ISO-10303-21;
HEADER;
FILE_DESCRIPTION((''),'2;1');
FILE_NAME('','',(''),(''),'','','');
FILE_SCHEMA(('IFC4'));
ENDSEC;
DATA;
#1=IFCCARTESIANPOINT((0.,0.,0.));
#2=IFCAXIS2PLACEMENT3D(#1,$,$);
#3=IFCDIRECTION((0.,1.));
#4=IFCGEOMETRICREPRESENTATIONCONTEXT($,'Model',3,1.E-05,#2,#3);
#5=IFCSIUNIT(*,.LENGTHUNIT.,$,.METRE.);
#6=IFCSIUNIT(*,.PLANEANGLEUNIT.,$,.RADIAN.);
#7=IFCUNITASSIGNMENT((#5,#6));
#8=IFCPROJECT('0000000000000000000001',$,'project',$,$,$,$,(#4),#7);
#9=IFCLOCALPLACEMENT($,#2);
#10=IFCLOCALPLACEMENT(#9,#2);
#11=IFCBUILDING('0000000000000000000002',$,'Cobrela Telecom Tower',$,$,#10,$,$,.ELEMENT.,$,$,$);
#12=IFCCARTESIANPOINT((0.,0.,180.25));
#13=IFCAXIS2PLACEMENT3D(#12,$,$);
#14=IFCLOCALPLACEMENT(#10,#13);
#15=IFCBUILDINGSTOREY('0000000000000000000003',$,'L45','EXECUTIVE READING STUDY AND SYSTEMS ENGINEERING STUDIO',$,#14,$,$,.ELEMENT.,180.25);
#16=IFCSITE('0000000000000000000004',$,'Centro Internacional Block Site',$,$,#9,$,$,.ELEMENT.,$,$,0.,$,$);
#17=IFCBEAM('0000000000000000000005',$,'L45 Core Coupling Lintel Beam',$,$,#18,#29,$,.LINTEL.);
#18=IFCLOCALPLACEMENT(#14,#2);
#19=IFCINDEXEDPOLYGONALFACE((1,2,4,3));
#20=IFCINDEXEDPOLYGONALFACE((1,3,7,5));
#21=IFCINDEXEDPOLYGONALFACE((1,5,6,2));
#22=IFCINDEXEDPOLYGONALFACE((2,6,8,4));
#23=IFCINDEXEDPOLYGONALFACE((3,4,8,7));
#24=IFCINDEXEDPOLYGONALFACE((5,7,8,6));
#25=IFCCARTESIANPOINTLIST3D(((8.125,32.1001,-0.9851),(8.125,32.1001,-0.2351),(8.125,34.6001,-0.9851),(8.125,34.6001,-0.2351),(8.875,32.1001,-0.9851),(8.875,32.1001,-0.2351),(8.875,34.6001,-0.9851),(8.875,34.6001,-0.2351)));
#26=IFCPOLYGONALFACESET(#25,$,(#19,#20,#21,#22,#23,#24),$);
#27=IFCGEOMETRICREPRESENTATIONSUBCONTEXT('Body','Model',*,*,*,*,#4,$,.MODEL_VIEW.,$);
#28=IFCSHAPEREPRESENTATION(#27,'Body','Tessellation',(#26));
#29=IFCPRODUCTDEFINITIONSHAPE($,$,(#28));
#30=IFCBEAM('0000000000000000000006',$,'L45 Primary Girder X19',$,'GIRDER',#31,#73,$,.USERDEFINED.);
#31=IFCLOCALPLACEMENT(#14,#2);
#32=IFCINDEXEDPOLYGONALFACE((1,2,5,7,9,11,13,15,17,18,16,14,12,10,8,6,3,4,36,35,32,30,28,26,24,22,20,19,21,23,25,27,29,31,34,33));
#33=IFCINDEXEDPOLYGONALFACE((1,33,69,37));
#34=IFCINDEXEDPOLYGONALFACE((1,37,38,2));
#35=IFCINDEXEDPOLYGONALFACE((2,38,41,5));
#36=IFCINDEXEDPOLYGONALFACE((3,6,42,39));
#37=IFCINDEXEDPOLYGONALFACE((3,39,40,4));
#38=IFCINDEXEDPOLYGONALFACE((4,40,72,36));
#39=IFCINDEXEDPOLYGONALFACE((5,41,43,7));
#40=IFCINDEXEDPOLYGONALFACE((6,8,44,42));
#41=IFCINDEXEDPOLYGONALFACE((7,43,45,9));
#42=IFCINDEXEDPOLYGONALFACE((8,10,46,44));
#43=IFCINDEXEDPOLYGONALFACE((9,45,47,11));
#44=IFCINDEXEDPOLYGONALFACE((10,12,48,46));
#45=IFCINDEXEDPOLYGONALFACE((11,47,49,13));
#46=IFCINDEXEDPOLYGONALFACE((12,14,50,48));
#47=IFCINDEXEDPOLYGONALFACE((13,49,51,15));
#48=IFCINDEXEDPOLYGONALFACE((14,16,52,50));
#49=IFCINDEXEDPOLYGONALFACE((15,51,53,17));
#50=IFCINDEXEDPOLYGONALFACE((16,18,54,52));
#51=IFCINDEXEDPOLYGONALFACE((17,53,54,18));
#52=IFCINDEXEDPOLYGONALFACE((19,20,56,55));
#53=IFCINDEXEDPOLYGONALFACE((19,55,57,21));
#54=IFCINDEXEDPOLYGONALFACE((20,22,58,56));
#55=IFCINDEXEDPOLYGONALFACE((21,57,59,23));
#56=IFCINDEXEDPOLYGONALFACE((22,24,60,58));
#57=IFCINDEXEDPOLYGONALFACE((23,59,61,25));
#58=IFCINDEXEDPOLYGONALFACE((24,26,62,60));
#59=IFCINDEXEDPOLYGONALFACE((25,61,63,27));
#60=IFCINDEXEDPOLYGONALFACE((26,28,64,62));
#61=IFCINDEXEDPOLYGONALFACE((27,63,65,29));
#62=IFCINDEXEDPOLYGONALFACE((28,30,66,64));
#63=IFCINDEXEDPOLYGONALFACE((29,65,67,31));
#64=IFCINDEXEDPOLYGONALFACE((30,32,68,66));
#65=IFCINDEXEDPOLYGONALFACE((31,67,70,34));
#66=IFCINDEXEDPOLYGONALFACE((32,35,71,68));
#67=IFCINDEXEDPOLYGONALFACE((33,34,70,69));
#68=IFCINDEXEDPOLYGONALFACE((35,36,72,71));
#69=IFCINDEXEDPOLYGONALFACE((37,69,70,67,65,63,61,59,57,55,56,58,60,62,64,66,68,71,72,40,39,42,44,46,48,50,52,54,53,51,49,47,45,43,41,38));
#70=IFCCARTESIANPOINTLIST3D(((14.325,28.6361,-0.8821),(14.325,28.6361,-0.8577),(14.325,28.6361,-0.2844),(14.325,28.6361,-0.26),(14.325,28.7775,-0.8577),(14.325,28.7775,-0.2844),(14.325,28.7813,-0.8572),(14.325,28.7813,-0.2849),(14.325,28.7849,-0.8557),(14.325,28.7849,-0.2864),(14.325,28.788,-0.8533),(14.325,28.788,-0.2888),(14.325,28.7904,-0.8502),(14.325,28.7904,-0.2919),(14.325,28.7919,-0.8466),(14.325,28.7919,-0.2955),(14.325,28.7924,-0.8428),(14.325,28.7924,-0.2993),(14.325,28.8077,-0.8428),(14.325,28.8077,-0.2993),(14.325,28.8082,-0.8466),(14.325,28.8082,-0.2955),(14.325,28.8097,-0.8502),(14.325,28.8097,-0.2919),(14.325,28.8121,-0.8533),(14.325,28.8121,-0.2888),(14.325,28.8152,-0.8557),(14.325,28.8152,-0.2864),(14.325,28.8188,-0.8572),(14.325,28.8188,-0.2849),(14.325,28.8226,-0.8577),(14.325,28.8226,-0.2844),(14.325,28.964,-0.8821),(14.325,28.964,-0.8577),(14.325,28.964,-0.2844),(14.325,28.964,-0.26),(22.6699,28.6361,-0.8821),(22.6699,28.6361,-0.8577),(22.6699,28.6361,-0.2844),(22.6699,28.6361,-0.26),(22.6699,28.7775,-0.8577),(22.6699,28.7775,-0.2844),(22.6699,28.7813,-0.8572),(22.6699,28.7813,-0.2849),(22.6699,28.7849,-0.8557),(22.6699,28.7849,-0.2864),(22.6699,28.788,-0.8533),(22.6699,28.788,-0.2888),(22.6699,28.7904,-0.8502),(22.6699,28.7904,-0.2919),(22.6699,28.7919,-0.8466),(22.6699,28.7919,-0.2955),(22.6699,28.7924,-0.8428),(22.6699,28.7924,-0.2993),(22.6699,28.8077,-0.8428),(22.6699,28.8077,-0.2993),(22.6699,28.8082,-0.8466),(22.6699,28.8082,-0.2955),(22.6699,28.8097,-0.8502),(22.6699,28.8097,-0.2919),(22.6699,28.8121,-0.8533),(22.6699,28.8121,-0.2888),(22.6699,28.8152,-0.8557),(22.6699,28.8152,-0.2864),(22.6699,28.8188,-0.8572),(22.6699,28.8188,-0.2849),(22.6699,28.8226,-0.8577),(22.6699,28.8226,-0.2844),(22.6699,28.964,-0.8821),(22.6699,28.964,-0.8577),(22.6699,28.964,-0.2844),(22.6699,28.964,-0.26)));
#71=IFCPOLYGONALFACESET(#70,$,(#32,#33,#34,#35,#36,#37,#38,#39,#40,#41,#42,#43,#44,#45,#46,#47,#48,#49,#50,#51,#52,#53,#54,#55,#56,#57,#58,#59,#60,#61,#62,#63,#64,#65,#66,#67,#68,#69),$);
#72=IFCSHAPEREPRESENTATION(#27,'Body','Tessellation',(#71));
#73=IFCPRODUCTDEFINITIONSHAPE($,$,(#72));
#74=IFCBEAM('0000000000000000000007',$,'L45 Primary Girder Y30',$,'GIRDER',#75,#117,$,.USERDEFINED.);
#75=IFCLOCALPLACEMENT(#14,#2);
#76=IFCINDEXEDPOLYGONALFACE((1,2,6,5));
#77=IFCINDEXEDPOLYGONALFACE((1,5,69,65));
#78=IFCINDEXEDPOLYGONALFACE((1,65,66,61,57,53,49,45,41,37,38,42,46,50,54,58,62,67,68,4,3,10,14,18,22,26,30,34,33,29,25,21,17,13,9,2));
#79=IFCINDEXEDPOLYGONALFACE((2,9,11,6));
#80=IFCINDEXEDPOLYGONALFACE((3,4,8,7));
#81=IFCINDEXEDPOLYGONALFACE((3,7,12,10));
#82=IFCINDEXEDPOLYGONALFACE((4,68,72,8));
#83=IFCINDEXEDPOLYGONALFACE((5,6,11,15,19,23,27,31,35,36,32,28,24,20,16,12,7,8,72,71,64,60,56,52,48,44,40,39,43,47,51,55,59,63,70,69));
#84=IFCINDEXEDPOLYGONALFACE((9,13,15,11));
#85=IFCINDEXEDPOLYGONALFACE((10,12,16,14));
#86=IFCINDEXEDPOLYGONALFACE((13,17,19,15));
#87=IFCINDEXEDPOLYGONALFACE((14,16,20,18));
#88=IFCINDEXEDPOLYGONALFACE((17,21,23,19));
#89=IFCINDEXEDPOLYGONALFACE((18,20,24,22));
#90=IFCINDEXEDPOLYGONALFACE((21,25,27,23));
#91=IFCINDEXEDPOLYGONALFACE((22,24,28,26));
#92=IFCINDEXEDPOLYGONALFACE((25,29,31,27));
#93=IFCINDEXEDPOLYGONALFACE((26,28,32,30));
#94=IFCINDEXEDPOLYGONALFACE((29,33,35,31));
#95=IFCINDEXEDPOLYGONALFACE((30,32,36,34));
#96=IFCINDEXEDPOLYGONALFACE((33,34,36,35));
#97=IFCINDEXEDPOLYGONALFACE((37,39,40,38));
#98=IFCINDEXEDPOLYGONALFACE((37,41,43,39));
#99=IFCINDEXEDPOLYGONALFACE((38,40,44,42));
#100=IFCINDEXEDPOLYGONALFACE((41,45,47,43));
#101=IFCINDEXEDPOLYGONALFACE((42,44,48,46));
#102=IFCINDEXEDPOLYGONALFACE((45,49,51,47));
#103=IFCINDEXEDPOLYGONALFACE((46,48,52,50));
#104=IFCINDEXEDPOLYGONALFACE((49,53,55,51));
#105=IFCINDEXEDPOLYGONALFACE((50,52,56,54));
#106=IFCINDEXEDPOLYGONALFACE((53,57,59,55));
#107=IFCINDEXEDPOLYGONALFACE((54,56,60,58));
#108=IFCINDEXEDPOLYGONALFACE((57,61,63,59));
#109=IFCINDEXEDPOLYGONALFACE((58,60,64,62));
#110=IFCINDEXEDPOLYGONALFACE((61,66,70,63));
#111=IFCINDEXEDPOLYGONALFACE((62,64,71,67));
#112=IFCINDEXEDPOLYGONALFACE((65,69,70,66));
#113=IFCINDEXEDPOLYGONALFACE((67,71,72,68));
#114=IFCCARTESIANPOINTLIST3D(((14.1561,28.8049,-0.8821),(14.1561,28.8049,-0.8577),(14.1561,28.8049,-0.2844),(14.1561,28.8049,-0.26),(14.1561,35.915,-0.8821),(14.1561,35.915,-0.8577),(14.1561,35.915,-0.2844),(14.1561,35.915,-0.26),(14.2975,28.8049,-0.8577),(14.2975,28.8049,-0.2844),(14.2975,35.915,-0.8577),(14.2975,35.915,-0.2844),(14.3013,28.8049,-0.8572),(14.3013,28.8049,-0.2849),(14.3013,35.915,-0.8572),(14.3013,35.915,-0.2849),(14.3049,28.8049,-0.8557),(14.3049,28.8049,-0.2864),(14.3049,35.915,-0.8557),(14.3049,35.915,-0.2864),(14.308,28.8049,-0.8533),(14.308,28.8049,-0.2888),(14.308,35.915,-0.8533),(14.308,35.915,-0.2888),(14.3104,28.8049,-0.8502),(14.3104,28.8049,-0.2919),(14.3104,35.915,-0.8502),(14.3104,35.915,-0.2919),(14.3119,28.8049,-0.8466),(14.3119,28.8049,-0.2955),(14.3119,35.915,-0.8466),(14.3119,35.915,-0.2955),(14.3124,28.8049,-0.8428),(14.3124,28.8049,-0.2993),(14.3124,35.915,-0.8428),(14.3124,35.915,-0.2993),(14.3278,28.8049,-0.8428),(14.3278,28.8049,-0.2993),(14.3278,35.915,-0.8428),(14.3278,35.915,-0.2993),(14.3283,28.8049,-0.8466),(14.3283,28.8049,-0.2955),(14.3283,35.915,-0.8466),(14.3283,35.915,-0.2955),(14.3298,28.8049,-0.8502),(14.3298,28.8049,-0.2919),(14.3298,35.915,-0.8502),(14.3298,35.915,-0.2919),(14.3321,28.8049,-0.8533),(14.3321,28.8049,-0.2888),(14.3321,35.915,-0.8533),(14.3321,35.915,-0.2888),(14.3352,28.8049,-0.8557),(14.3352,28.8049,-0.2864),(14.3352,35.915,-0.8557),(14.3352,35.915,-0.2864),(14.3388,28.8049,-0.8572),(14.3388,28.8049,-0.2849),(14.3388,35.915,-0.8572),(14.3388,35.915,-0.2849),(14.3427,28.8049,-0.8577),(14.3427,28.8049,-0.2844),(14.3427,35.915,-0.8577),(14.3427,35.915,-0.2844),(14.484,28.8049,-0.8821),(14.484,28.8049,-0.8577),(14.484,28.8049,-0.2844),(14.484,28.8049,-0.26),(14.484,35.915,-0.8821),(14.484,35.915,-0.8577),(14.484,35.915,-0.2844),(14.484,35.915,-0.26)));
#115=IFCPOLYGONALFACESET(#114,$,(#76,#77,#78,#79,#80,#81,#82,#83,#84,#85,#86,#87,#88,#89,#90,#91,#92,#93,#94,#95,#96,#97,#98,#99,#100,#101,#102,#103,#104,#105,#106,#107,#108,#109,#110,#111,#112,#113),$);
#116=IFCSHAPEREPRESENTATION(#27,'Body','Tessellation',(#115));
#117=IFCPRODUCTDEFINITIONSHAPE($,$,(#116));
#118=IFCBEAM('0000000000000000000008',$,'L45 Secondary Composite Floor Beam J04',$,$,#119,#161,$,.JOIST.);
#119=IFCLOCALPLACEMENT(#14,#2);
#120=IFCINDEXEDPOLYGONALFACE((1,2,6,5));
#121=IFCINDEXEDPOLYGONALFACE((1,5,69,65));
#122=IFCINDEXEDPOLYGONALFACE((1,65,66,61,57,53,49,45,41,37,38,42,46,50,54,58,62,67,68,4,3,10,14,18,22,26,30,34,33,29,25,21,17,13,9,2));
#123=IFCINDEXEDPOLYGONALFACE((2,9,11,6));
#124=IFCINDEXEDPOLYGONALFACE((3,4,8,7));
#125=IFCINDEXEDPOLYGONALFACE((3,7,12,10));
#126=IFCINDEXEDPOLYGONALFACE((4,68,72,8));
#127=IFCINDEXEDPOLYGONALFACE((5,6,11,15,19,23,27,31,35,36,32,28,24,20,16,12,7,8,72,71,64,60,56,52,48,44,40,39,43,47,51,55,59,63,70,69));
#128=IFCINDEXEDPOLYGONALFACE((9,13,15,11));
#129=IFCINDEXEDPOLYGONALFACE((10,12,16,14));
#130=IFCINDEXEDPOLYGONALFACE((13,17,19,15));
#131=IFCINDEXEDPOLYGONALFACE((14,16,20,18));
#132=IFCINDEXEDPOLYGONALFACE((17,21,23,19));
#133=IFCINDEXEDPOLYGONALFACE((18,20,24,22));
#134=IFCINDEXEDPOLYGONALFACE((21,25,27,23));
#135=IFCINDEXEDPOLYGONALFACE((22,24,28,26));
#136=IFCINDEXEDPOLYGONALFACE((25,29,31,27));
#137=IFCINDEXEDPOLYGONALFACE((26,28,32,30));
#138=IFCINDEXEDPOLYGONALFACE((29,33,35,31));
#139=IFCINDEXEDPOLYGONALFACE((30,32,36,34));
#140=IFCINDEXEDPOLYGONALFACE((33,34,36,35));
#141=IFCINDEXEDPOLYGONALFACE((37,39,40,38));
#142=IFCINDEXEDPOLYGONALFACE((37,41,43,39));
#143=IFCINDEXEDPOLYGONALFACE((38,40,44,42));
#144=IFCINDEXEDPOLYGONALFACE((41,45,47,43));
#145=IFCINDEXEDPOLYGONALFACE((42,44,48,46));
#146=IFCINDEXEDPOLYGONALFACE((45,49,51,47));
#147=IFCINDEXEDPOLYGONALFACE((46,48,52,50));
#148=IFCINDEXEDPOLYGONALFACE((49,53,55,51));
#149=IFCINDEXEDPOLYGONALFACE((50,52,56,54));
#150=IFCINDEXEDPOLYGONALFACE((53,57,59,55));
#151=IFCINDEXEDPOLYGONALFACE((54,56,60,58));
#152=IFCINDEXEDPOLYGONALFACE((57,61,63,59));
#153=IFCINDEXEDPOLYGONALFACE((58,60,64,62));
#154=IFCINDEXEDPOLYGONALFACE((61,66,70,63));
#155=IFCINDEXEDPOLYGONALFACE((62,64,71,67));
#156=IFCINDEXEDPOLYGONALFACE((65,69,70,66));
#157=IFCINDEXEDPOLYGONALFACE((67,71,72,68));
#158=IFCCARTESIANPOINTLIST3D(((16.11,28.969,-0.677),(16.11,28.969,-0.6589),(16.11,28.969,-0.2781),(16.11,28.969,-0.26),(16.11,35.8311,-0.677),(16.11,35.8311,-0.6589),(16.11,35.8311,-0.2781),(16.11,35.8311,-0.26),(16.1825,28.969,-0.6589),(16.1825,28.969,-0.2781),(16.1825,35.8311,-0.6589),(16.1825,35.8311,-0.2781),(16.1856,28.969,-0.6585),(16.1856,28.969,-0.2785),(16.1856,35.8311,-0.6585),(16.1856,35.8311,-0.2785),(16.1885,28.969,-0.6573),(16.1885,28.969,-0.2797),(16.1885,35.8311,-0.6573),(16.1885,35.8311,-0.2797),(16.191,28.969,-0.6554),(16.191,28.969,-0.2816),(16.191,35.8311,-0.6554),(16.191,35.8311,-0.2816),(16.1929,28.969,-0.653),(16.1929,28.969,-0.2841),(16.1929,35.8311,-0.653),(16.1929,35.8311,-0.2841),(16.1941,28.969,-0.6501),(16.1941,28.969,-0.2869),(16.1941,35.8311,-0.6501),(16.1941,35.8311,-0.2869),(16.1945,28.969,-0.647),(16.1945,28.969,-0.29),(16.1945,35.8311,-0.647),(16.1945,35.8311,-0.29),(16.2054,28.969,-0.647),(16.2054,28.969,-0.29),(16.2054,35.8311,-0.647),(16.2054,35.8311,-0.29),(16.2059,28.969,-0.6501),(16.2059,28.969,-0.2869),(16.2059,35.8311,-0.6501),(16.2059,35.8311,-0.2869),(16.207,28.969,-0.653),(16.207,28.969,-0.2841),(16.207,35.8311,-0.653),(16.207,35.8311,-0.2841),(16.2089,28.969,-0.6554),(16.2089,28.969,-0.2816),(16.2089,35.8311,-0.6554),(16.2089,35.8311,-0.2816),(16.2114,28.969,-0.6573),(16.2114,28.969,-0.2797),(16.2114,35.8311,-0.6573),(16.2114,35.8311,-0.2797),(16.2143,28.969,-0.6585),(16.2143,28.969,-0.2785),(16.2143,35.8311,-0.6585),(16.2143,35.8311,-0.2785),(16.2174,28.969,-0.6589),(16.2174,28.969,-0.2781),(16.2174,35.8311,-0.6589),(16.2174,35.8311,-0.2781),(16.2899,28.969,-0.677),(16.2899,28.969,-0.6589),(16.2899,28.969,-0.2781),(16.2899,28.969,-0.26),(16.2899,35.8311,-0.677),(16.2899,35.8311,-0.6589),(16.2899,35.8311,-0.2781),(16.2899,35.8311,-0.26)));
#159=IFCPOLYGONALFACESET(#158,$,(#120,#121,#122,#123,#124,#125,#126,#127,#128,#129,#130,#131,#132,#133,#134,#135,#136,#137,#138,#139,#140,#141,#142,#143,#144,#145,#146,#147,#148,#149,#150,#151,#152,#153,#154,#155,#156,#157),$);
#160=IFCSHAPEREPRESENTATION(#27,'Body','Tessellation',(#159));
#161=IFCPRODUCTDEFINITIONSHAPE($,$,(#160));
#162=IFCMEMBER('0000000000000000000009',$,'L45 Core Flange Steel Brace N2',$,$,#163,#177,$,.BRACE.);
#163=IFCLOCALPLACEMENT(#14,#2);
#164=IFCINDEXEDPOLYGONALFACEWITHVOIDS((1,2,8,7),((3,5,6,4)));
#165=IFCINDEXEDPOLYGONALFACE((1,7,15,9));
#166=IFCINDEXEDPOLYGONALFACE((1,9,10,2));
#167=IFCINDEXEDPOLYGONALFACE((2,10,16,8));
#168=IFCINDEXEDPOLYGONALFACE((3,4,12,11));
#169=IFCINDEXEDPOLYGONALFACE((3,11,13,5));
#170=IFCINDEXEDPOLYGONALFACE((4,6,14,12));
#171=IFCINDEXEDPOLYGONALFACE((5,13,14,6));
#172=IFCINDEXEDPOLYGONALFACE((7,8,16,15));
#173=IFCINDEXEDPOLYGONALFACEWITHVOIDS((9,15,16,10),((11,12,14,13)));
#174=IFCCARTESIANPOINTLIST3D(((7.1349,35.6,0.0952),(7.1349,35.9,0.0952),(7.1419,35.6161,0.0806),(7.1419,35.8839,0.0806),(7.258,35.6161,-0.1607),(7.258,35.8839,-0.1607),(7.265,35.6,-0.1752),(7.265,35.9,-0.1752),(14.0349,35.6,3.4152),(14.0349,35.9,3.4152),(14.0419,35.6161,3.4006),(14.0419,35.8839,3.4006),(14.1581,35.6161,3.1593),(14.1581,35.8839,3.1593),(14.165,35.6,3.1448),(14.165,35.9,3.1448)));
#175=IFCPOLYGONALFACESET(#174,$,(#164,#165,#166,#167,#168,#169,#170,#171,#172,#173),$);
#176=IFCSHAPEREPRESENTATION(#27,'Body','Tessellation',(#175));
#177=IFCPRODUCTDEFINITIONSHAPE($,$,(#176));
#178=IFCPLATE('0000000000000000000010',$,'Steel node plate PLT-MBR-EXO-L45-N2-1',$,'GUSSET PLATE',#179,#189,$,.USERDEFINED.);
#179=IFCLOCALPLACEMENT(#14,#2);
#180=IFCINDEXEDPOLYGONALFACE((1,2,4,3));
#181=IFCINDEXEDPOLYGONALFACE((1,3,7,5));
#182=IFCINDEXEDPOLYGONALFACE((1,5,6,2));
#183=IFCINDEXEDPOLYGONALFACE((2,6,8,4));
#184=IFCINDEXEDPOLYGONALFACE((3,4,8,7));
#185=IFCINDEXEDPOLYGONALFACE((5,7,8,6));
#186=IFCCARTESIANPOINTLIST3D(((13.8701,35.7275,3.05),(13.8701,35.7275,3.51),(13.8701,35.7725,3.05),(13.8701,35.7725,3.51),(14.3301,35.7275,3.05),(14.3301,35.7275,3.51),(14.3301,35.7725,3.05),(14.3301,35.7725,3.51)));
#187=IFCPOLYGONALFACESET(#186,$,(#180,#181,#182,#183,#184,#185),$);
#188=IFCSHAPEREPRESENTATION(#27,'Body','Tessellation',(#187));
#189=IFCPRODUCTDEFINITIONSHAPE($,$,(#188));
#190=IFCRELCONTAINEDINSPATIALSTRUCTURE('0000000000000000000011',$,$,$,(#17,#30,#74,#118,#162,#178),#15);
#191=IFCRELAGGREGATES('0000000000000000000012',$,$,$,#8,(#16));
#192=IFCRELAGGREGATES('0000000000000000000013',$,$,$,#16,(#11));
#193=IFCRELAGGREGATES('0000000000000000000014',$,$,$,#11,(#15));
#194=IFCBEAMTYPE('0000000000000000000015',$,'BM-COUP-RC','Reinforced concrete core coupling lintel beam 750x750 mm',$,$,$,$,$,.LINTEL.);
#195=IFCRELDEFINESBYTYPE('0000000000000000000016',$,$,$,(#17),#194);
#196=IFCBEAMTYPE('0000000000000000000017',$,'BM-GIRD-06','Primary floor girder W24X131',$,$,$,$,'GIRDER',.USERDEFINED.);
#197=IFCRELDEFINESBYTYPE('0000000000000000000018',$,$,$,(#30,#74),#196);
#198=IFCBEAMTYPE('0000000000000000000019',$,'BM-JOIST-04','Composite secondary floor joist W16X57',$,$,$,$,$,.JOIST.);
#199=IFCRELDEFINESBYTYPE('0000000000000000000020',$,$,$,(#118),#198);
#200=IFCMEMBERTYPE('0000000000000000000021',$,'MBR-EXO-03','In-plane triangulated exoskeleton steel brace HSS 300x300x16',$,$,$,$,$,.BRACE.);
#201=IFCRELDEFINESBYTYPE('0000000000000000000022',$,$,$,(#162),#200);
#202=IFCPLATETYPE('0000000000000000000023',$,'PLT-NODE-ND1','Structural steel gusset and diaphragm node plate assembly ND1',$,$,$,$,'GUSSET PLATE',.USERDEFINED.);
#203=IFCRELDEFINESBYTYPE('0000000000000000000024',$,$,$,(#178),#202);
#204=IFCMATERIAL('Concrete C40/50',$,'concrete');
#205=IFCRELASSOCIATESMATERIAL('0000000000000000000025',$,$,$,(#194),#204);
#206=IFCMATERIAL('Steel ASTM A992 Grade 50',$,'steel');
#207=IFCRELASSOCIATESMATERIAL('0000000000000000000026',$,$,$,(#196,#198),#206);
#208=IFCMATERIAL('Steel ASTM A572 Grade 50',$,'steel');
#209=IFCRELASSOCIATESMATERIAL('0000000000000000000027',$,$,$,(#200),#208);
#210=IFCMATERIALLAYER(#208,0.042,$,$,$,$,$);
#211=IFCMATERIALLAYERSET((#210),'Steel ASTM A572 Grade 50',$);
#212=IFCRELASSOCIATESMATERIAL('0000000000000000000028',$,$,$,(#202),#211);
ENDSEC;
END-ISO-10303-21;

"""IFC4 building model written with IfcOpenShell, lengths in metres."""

from ifc_helpers import new_model, si_unit, direction, frame, origin, origin_2d, place, context, subcontext, project, spatial, rectangle, hollow_rectangle, i_section, extrude, material, layer, layer_set, material_profile, profile_set, type_object, element, save


model = new_model("IFC4")

# Units and contexts
model_context = context("Model", 3, precision=1e-05, world=origin(), true_north=direction((0.0, 1.0)))
body_context = subcontext(model_context, "Body", "Model", "MODEL_VIEW")
ifc_project = project(units=[si_unit("LENGTHUNIT", "METRE"), si_unit("PLANEANGLEUNIT", "RADIAN")], contexts=[model_context])

# Site, building, storey
site_placement = place(None, origin())
site = spatial("IfcSite", under=ifc_project, at=site_placement, Name="Centro Internacional Block Site", CompositionType="ELEMENT", RefElevation=0.0)
building_placement = place(site_placement, origin())
building = spatial("IfcBuilding", under=site, at=building_placement, Name="Cobrela Telecom Tower", CompositionType="ELEMENT")
storey_placement = place(building_placement, frame((0.0, 0.0, 180.25)))
storey = spatial("IfcBuildingStorey", under=building, at=storey_placement, Name="L45", Description="EXECUTIVE READING STUDY AND SYSTEMS ENGINEERING STUDIO", CompositionType="ELEMENT", Elevation=180.25)

# Beams
ifc_material_1 = material(Name="Concrete C40/50", Category="concrete")
ifc_material_profile_1 = material_profile(ifc_material_1, rectangle(XDim=0.75, YDim=0.75, at=origin_2d()), Name="RC 750x750")
ifc_profile_set_1 = profile_set([ifc_material_profile_1], Name="Concrete C40/50")
beam_type_1 = type_object("IfcBeamType", Name="BM-COUP-RC", Description="Reinforced concrete core coupling lintel beam 750x750 mm", PredefinedType="LINTEL", material=ifc_profile_set_1)
beam_1_placement = place(storey_placement, frame((8.5, 32.1001, -0.6101), z_axis=(0.0, 1.0, 0.0), x_axis=(-1.0, 0.0, 0.0)))
element("IfcBeam", 1, at=beam_1_placement, inside=storey, type_object=beam_type_1, Name="L45 Core Coupling Lintel Beam", PredefinedType="LINTEL", context=body_context, shape_type="SweptSolid", body=[
    extrude(rectangle(XDim=0.75, YDim=0.75, at=origin_2d()), origin(), (0.0, 0.0, 1.0), 2.5),
])
ifc_material_2 = material(Name="Steel ASTM A992 Grade 50", Category="steel")
ifc_material_profile_2 = material_profile(ifc_material_2, i_section(OverallWidth=0.3279, OverallDepth=0.6221, WebThickness=0.0154, FlangeThickness=0.0244, FilletRadius=0.0149, at=origin_2d()), Name="W24X131")
ifc_profile_set_2 = profile_set([ifc_material_profile_2], Name="Steel ASTM A992 Grade 50")
beam_type_2 = type_object("IfcBeamType", Name="BM-GIRD-06", Description="Primary floor girder W24X131", ElementType="GIRDER", PredefinedType="USERDEFINED", material=ifc_profile_set_2)
beam_2_placement = place(storey_placement, frame((14.325, 28.8, -0.571), z_axis=(1.0, 0.0, 0.0), x_axis=(0.0, 1.0, 0.0)))
element("IfcBeam", 2, at=beam_2_placement, inside=storey, type_object=beam_type_2, Name="L45 Primary Girder X19", ObjectType="GIRDER", PredefinedType="USERDEFINED", context=body_context, shape_type="SweptSolid", body=[
    extrude(i_section(OverallWidth=0.3279, OverallDepth=0.6221, WebThickness=0.0154, FlangeThickness=0.0244, FilletRadius=0.0149, at=origin_2d()), origin(), (0.0, 0.0, 1.0), 8.345),
])
beam_3_placement = place(storey_placement, frame((14.3201, 28.8049, -0.571), z_axis=(0.0, 1.0, 0.0), x_axis=(-1.0, 0.0, 0.0)))
element("IfcBeam", 3, at=beam_3_placement, inside=storey, type_object=beam_type_2, Name="L45 Primary Girder Y30", ObjectType="GIRDER", PredefinedType="USERDEFINED", context=body_context, shape_type="SweptSolid", body=[
    extrude(i_section(OverallWidth=0.3279, OverallDepth=0.6221, WebThickness=0.0154, FlangeThickness=0.0244, FilletRadius=0.0149, at=origin_2d()), origin(), (0.0, 0.0, 1.0), 7.1101),
])
ifc_material_profile_3 = material_profile(ifc_material_2, i_section(OverallWidth=0.1799, OverallDepth=0.417, WebThickness=0.011, FlangeThickness=0.0181, FilletRadius=0.012, at=origin_2d()), Name="W16X57")
ifc_profile_set_3 = profile_set([ifc_material_profile_3], Name="Steel ASTM A992 Grade 50")
beam_type_3 = type_object("IfcBeamType", Name="BM-JOIST-04", Description="Composite secondary floor joist W16X57", PredefinedType="JOIST", material=ifc_profile_set_3)
beam_4_placement = place(storey_placement, frame((16.2, 28.969, -0.4685), z_axis=(0.0, 1.0, 0.0), x_axis=(-1.0, 0.0, 0.0)))
element("IfcBeam", 4, at=beam_4_placement, inside=storey, type_object=beam_type_3, Name="L45 Secondary Composite Floor Beam J04", PredefinedType="JOIST", context=body_context, shape_type="SweptSolid", body=[
    extrude(i_section(OverallWidth=0.1799, OverallDepth=0.417, WebThickness=0.011, FlangeThickness=0.0181, FilletRadius=0.012, at=origin_2d()), origin(), (0.0, 0.0, 1.0), 6.8621),
])

# Member
ifc_material_3 = material(Name="Steel ASTM A572 Grade 50", Category="steel")
ifc_material_profile_4 = material_profile(ifc_material_3, hollow_rectangle(XDim=0.3, YDim=0.3, WallThickness=0.0161, at=origin_2d()), Name="HSS 300x300x16")
ifc_profile_set_4 = profile_set([ifc_material_profile_4], Name="Steel ASTM A572 Grade 50")
member_type = type_object("IfcMemberType", Name="MBR-EXO-03", Description="In-plane triangulated exoskeleton steel brace HSS 300x300x16", PredefinedType="BRACE", material=ifc_profile_set_4)
member_placement = place(storey_placement, frame((7.2, 35.75, -0.04), z_axis=(0.901115, 0.0, 0.43358), x_axis=(0.0, 1.0, 0.0)))
element("IfcMember", 5, at=member_placement, inside=storey, type_object=member_type, Name="L45 Core Flange Steel Brace N2", PredefinedType="BRACE", context=body_context, shape_type="SweptSolid", body=[
    extrude(hollow_rectangle(XDim=0.3, YDim=0.3, WallThickness=0.0161, at=origin_2d()), origin(), (0.0, 0.0, 1.0), 7.6572),
])

# Plate
ifc_layer_1 = layer(ifc_material_3, 0.042)
ifc_layer_set_1 = layer_set([ifc_layer_1], Name="Steel ASTM A572 Grade 50")
plate_type = type_object("IfcPlateType", Name="PLT-NODE-ND1", Description="Structural steel gusset and diaphragm node plate assembly ND1", ElementType="GUSSET PLATE", PredefinedType="USERDEFINED", material=ifc_layer_set_1)
plate_placement = place(storey_placement, frame((14.1001, 35.75, 3.05), z_axis=(0.0, 0.0, 1.0), x_axis=(1.0, 0.0, 0.0)))
element("IfcPlate", 6, at=plate_placement, inside=storey, type_object=plate_type, Name="Steel node plate PLT-MBR-EXO-L45-N2-1", ObjectType="GUSSET PLATE", PredefinedType="USERDEFINED", context=body_context, shape_type="SweptSolid", body=[
    extrude(rectangle(XDim=0.46, YDim=0.0449, at=origin_2d()), origin(), (0.0, 0.0, 1.0), 0.46),
])

save(model, "model.ifc")
